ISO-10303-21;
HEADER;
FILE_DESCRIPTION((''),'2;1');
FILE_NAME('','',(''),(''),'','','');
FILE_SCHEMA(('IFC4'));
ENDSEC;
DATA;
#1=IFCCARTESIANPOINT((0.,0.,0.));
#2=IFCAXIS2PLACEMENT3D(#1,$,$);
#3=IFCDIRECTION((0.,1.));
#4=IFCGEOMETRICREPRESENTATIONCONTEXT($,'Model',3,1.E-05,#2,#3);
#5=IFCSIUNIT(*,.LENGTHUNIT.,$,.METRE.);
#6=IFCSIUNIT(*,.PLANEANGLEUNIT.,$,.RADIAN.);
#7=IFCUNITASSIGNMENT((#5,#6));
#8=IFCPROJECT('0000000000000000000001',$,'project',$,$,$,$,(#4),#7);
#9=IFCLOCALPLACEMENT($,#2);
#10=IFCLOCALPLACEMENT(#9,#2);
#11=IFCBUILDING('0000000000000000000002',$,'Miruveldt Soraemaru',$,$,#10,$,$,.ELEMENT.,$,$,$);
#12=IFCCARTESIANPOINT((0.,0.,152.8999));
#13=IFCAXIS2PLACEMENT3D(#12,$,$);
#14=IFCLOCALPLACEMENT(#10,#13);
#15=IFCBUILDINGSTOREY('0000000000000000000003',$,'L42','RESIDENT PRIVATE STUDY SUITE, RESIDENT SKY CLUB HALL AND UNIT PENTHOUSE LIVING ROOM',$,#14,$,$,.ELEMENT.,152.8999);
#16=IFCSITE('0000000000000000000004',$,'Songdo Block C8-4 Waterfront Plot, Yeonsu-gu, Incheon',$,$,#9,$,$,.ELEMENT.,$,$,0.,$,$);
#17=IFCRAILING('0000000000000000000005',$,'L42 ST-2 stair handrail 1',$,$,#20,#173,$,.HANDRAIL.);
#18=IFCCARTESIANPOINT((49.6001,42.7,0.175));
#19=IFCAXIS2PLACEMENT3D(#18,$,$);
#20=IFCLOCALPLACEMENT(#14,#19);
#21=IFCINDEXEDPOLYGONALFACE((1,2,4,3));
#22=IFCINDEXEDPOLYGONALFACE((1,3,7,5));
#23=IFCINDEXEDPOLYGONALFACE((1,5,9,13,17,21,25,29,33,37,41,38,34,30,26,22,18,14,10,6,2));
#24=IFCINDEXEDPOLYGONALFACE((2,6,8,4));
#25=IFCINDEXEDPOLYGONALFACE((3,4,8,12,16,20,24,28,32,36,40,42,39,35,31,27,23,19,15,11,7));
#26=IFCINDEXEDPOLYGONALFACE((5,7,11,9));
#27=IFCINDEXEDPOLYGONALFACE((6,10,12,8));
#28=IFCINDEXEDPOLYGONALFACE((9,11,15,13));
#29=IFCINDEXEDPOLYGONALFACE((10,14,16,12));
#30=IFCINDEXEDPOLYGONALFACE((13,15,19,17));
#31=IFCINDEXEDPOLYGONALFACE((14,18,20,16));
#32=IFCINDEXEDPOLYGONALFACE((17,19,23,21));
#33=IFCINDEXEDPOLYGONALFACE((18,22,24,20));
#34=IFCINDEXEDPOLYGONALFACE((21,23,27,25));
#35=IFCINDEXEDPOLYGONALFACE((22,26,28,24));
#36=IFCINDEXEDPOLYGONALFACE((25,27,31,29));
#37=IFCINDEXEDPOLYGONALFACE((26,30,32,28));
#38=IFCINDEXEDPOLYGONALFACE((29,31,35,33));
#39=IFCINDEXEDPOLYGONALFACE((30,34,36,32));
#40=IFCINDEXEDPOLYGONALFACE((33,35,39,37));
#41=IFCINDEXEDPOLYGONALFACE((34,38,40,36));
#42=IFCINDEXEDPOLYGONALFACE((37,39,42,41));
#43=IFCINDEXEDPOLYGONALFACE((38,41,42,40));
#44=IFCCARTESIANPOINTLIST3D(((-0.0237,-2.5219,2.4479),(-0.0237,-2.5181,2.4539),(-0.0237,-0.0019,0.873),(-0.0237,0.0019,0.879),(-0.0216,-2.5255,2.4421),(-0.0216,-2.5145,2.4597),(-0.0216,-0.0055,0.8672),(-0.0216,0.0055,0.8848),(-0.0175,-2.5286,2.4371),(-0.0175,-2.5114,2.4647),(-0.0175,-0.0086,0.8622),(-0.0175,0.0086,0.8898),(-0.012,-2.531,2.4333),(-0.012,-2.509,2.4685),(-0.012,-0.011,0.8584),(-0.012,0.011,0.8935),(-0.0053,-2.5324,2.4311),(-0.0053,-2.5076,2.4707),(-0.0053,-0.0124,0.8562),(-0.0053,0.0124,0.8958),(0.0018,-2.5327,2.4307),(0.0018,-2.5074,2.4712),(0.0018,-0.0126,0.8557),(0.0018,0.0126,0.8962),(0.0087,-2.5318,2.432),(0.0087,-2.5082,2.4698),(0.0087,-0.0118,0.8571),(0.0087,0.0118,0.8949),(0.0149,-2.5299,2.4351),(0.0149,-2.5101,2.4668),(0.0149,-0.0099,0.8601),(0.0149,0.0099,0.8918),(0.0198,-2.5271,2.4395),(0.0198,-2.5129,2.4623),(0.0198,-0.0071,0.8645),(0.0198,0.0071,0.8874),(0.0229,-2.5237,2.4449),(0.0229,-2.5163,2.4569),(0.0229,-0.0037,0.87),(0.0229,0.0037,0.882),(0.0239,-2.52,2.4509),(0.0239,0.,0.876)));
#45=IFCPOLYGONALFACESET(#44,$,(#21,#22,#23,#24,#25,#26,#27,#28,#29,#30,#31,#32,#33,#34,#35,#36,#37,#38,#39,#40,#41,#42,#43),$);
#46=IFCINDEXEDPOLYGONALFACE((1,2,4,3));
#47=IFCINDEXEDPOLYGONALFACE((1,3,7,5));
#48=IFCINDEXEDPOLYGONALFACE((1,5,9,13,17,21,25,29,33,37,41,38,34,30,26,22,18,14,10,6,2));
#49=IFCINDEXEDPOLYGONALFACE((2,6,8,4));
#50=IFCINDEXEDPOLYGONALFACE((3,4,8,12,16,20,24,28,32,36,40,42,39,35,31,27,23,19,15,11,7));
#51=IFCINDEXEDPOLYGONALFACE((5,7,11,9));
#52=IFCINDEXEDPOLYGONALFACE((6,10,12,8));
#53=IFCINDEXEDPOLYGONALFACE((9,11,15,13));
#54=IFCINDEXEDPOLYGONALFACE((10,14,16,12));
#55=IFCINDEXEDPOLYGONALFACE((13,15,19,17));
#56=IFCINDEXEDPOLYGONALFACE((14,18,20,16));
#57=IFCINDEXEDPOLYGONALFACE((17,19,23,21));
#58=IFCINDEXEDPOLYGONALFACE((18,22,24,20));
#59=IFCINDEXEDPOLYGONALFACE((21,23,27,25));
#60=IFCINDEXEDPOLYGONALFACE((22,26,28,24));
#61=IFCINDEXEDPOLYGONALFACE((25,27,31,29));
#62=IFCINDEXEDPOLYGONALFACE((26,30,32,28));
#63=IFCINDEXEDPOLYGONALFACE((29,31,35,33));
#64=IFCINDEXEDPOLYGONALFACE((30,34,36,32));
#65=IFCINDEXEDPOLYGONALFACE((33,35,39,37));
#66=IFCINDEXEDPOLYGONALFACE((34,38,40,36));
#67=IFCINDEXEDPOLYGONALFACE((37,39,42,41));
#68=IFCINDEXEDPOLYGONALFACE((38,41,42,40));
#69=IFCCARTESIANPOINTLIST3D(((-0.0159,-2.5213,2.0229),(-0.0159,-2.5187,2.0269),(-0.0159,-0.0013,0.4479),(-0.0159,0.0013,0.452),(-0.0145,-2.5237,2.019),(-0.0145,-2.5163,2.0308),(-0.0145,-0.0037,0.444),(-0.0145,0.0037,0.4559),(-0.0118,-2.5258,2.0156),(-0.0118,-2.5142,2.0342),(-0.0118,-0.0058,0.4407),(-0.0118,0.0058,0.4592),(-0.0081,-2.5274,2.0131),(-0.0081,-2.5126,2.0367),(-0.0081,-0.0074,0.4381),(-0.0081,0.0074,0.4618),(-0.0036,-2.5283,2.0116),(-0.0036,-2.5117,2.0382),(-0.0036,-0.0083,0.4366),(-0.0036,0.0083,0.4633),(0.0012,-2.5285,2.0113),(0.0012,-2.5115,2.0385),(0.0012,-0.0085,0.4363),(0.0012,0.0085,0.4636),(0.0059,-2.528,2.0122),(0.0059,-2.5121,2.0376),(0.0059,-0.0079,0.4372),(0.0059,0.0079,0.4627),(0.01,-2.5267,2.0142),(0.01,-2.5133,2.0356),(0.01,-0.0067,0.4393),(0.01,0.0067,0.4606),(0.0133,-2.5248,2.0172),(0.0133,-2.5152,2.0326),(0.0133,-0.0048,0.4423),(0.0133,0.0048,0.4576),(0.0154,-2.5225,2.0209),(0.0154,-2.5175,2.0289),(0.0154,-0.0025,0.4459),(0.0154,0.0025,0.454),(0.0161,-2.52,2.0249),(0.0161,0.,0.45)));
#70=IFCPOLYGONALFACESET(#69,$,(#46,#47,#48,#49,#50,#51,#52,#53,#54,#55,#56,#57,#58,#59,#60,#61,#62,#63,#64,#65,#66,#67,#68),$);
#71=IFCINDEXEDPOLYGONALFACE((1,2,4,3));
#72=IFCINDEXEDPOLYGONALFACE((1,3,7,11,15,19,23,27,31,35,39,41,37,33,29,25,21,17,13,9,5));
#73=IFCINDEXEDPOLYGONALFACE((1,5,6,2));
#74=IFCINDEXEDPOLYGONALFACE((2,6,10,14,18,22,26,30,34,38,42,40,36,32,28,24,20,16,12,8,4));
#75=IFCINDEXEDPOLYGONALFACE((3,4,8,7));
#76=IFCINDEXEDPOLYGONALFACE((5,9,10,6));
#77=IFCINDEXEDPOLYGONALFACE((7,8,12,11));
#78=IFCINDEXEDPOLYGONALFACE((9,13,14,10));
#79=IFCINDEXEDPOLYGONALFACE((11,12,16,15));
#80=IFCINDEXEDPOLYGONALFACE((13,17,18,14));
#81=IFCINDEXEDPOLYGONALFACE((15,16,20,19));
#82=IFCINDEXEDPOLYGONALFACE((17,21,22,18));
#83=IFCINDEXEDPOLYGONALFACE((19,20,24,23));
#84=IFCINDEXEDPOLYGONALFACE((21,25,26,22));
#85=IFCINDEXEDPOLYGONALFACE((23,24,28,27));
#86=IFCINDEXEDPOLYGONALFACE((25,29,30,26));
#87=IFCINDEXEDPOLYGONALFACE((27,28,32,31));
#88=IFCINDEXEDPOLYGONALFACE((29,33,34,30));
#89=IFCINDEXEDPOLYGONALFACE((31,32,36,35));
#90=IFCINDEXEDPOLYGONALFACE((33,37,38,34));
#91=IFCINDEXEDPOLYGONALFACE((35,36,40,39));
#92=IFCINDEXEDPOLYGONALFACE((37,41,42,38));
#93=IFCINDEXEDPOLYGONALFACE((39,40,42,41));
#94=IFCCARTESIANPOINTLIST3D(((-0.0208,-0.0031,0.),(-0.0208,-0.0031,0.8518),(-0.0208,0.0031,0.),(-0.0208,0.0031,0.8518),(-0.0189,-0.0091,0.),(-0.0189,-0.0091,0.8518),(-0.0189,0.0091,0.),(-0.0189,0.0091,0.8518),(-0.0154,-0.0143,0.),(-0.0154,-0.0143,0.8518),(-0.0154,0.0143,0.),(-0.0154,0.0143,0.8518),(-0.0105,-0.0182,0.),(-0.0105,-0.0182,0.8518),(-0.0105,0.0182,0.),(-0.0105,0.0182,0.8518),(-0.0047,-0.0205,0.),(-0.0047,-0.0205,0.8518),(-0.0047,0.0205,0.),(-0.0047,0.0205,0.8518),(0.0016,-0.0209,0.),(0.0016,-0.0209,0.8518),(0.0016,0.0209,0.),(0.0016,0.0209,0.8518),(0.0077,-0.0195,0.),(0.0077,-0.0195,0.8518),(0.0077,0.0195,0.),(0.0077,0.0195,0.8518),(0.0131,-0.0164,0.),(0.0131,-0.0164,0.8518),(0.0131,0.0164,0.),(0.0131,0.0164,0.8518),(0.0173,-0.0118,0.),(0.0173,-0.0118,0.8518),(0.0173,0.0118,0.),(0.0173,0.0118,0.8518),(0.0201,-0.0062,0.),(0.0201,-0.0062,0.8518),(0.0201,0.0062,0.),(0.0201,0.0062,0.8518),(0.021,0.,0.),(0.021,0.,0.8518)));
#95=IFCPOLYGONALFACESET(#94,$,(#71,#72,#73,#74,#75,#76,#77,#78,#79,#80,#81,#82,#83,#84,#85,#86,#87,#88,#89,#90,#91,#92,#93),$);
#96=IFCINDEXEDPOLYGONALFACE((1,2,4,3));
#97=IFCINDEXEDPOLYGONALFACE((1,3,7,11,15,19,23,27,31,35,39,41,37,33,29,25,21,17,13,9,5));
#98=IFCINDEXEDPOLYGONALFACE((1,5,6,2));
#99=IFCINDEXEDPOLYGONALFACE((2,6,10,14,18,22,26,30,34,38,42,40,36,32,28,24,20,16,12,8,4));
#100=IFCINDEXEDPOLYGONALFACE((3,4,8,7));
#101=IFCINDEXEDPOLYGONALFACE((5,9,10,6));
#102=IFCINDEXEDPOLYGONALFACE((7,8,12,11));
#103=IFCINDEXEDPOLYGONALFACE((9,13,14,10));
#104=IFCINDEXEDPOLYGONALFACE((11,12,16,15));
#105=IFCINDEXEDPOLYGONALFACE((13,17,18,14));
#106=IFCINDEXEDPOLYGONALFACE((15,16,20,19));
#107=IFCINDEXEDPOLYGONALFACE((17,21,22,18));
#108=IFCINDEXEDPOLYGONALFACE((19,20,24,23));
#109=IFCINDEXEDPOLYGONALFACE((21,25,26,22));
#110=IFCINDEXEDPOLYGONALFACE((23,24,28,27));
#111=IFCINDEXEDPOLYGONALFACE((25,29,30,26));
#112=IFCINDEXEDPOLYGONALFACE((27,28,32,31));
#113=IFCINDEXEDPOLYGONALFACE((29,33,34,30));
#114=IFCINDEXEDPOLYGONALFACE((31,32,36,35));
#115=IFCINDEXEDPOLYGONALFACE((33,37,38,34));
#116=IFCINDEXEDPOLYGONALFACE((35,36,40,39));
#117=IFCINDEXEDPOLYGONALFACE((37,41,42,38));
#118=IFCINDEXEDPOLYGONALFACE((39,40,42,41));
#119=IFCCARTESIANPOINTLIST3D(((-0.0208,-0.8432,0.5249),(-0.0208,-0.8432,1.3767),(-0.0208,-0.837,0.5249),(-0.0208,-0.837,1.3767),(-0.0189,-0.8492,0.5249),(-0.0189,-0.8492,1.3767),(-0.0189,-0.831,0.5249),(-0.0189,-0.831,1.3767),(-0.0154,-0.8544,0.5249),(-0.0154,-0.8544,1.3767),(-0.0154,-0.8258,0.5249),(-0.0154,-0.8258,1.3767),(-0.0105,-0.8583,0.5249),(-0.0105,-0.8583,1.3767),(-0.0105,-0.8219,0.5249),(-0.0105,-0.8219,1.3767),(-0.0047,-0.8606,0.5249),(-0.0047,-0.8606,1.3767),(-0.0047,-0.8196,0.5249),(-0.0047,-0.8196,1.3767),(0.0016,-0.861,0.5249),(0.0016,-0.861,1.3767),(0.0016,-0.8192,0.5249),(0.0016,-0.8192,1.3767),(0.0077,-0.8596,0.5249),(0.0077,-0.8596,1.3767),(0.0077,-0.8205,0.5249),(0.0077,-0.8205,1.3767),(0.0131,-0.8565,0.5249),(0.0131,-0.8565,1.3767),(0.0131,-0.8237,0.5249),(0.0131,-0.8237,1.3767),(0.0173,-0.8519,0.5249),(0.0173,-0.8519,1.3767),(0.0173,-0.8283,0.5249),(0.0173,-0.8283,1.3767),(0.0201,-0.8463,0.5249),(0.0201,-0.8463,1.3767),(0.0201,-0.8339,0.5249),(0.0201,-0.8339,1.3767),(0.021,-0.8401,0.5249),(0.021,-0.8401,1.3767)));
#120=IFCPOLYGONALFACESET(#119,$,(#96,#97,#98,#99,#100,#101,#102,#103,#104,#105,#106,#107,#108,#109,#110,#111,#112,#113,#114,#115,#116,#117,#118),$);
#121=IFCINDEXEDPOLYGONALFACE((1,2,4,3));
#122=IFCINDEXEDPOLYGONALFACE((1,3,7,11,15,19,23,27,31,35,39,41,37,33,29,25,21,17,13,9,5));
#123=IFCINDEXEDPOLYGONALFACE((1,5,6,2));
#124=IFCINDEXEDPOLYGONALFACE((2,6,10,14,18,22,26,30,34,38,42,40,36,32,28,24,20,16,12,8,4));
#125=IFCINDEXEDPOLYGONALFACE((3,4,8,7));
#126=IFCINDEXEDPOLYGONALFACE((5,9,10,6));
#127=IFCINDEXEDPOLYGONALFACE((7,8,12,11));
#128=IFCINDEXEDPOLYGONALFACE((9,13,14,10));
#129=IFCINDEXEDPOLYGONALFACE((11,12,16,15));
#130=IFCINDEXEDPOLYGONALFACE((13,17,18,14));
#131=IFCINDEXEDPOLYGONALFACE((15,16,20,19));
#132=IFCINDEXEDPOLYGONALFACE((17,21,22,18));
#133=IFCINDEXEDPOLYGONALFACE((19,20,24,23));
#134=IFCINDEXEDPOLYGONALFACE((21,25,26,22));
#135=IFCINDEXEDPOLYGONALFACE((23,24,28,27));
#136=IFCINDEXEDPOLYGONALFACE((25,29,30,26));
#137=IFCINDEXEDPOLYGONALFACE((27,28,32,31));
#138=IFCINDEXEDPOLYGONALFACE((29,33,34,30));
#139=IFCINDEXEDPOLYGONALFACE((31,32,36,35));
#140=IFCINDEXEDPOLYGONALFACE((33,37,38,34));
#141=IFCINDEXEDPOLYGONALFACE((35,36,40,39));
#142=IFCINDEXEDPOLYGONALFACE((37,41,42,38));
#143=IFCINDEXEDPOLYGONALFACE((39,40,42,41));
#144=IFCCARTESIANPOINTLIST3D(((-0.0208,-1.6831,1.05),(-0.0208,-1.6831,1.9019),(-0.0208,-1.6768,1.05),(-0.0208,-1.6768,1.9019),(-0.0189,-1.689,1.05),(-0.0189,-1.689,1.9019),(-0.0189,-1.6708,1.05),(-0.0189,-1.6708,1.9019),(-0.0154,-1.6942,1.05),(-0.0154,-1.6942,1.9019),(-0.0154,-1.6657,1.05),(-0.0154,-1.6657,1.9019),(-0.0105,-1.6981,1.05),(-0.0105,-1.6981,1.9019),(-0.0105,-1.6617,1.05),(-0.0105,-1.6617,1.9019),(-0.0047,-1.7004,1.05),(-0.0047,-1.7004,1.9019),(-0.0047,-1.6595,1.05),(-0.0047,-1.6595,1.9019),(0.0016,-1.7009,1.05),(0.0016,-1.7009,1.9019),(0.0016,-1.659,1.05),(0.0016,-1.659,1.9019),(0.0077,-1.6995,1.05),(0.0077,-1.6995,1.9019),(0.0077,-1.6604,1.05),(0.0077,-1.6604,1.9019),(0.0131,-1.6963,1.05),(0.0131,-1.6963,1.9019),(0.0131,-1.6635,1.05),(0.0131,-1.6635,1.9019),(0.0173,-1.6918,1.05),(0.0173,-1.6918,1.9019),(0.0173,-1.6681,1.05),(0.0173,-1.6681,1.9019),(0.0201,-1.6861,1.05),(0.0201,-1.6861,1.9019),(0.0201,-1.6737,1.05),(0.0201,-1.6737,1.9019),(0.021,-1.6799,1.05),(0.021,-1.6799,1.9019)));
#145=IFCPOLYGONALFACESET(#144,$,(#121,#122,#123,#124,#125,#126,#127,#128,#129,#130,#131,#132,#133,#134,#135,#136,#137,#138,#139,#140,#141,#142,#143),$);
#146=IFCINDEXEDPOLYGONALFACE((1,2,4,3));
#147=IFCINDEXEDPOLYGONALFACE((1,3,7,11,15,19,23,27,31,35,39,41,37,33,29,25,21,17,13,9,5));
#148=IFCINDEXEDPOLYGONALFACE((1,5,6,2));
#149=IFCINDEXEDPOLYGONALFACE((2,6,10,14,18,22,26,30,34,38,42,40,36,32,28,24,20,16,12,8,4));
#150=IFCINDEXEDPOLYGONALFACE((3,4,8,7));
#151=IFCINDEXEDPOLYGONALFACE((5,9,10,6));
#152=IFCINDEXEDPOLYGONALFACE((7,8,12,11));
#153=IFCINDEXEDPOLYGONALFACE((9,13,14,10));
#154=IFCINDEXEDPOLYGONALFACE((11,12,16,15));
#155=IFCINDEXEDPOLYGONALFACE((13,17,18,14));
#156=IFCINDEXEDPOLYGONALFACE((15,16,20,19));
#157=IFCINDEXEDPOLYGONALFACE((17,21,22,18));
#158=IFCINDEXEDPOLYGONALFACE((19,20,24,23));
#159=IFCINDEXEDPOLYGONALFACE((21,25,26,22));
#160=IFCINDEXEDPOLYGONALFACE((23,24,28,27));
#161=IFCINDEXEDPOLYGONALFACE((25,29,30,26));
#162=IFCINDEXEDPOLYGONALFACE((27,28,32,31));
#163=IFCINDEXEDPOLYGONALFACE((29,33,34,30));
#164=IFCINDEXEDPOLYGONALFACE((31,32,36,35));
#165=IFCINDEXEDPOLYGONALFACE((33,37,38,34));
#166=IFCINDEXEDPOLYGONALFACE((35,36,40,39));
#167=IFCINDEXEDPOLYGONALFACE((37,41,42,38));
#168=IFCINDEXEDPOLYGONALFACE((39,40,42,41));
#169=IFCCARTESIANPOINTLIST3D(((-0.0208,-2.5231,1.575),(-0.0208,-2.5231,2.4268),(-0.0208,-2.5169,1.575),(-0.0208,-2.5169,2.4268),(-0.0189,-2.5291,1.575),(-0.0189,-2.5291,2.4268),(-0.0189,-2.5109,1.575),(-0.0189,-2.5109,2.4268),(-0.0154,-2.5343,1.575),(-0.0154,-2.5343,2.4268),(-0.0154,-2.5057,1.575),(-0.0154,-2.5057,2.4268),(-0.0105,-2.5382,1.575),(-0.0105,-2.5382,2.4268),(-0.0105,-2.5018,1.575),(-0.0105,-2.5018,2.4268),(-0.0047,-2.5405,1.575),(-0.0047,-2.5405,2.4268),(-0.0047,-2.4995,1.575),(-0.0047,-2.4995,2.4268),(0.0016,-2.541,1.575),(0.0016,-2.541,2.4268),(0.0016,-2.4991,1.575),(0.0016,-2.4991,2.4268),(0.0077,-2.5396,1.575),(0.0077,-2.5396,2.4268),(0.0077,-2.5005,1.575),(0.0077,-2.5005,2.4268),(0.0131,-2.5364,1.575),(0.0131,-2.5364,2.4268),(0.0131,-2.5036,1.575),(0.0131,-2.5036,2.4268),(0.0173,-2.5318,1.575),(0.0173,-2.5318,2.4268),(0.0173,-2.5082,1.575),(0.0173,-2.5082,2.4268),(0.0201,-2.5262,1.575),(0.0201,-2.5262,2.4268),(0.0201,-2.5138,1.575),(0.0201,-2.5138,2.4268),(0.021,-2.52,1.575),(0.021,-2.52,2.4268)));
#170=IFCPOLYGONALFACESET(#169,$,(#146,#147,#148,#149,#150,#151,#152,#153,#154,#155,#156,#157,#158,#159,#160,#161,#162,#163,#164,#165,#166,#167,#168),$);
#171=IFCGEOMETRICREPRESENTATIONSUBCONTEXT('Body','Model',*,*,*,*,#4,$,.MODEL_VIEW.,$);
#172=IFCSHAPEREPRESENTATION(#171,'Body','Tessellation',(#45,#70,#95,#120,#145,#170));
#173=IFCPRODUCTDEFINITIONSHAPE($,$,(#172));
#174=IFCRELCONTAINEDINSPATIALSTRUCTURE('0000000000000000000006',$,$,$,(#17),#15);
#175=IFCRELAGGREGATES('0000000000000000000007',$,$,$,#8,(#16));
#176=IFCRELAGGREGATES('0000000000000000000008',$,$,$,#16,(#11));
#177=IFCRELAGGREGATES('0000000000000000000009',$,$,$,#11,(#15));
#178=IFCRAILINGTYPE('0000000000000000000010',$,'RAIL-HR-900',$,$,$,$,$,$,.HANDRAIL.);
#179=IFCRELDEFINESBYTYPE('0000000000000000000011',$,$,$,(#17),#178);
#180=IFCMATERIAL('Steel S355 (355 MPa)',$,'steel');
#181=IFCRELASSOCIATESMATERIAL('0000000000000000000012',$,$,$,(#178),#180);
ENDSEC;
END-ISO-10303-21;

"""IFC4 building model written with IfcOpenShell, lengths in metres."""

from ifc_helpers import new_model, si_unit, direction, frame, origin, origin_2d, place, context, subcontext, project, spatial, circle, extrude, material, type_object, element, save


model = new_model("IFC4")

# Units and contexts
model_context = context("Model", 3, precision=1e-05, world=origin(), true_north=direction((0.0, 1.0)))
body_context = subcontext(model_context, "Body", "Model", "MODEL_VIEW")
ifc_project = project(units=[si_unit("LENGTHUNIT", "METRE"), si_unit("PLANEANGLEUNIT", "RADIAN")], contexts=[model_context])

# Site, building, storey
site_placement = place(None, origin())
site = spatial("IfcSite", under=ifc_project, at=site_placement, Name="Songdo Block C8-4 Waterfront Plot, Yeonsu-gu, Incheon", CompositionType="ELEMENT", RefElevation=0.0)
building_placement = place(site_placement, origin())
building = spatial("IfcBuilding", under=site, at=building_placement, Name="Miruveldt Soraemaru", CompositionType="ELEMENT")
storey_placement = place(building_placement, frame((0.0, 0.0, 152.8999)))
storey = spatial("IfcBuildingStorey", under=building, at=storey_placement, Name="L42", Description="RESIDENT PRIVATE STUDY SUITE, RESIDENT SKY CLUB HALL AND UNIT PENTHOUSE LIVING ROOM", CompositionType="ELEMENT", Elevation=152.8999)

# Railing
ifc_material_1 = material(Name="Steel S355 (355 MPa)", Category="steel")
railing_type_1 = type_object("IfcRailingType", Name="RAIL-HR-900", PredefinedType="HANDRAIL", material=ifc_material_1)
railing_1_placement = place(storey_placement, frame((49.6001, 42.7, 0.175)))
element("IfcRailing", 1, at=railing_1_placement, inside=storey, type_object=railing_type_1, Name="L42 ST-2 stair handrail 1", PredefinedType="HANDRAIL", context=body_context, shape_type="SweptSolid", body=[
    extrude(circle(Radius=0.0239, at=origin_2d()), frame((0.0, 0.0, 0.876), z_axis=(0.0, -0.848008, 0.529984), x_axis=(1.0, 0.0, 0.0)), (0.0, 0.0, 1.0), 2.9717),
    extrude(circle(Radius=0.0161, at=origin_2d()), frame((0.0, 0.0, 0.45), z_axis=(0.0, -0.848008, 0.529984), x_axis=(1.0, 0.0, 0.0)), (0.0, 0.0, 1.0), 2.9717),
    extrude(circle(Radius=0.021, at=origin_2d()), origin(), (0.0, 0.0, 1.0), 0.8518),
    extrude(circle(Radius=0.021, at=origin_2d()), frame((0.0, -0.8401, 0.5249)), (0.0, 0.0, 1.0), 0.8518),
    extrude(circle(Radius=0.021, at=origin_2d()), frame((0.0, -1.6799, 1.05)), (0.0, 0.0, 1.0), 0.8518),
    extrude(circle(Radius=0.021, at=origin_2d()), frame((0.0, -2.52, 1.575)), (0.0, 0.0, 1.0), 0.8518),
])

save(model, "model.ifc")
